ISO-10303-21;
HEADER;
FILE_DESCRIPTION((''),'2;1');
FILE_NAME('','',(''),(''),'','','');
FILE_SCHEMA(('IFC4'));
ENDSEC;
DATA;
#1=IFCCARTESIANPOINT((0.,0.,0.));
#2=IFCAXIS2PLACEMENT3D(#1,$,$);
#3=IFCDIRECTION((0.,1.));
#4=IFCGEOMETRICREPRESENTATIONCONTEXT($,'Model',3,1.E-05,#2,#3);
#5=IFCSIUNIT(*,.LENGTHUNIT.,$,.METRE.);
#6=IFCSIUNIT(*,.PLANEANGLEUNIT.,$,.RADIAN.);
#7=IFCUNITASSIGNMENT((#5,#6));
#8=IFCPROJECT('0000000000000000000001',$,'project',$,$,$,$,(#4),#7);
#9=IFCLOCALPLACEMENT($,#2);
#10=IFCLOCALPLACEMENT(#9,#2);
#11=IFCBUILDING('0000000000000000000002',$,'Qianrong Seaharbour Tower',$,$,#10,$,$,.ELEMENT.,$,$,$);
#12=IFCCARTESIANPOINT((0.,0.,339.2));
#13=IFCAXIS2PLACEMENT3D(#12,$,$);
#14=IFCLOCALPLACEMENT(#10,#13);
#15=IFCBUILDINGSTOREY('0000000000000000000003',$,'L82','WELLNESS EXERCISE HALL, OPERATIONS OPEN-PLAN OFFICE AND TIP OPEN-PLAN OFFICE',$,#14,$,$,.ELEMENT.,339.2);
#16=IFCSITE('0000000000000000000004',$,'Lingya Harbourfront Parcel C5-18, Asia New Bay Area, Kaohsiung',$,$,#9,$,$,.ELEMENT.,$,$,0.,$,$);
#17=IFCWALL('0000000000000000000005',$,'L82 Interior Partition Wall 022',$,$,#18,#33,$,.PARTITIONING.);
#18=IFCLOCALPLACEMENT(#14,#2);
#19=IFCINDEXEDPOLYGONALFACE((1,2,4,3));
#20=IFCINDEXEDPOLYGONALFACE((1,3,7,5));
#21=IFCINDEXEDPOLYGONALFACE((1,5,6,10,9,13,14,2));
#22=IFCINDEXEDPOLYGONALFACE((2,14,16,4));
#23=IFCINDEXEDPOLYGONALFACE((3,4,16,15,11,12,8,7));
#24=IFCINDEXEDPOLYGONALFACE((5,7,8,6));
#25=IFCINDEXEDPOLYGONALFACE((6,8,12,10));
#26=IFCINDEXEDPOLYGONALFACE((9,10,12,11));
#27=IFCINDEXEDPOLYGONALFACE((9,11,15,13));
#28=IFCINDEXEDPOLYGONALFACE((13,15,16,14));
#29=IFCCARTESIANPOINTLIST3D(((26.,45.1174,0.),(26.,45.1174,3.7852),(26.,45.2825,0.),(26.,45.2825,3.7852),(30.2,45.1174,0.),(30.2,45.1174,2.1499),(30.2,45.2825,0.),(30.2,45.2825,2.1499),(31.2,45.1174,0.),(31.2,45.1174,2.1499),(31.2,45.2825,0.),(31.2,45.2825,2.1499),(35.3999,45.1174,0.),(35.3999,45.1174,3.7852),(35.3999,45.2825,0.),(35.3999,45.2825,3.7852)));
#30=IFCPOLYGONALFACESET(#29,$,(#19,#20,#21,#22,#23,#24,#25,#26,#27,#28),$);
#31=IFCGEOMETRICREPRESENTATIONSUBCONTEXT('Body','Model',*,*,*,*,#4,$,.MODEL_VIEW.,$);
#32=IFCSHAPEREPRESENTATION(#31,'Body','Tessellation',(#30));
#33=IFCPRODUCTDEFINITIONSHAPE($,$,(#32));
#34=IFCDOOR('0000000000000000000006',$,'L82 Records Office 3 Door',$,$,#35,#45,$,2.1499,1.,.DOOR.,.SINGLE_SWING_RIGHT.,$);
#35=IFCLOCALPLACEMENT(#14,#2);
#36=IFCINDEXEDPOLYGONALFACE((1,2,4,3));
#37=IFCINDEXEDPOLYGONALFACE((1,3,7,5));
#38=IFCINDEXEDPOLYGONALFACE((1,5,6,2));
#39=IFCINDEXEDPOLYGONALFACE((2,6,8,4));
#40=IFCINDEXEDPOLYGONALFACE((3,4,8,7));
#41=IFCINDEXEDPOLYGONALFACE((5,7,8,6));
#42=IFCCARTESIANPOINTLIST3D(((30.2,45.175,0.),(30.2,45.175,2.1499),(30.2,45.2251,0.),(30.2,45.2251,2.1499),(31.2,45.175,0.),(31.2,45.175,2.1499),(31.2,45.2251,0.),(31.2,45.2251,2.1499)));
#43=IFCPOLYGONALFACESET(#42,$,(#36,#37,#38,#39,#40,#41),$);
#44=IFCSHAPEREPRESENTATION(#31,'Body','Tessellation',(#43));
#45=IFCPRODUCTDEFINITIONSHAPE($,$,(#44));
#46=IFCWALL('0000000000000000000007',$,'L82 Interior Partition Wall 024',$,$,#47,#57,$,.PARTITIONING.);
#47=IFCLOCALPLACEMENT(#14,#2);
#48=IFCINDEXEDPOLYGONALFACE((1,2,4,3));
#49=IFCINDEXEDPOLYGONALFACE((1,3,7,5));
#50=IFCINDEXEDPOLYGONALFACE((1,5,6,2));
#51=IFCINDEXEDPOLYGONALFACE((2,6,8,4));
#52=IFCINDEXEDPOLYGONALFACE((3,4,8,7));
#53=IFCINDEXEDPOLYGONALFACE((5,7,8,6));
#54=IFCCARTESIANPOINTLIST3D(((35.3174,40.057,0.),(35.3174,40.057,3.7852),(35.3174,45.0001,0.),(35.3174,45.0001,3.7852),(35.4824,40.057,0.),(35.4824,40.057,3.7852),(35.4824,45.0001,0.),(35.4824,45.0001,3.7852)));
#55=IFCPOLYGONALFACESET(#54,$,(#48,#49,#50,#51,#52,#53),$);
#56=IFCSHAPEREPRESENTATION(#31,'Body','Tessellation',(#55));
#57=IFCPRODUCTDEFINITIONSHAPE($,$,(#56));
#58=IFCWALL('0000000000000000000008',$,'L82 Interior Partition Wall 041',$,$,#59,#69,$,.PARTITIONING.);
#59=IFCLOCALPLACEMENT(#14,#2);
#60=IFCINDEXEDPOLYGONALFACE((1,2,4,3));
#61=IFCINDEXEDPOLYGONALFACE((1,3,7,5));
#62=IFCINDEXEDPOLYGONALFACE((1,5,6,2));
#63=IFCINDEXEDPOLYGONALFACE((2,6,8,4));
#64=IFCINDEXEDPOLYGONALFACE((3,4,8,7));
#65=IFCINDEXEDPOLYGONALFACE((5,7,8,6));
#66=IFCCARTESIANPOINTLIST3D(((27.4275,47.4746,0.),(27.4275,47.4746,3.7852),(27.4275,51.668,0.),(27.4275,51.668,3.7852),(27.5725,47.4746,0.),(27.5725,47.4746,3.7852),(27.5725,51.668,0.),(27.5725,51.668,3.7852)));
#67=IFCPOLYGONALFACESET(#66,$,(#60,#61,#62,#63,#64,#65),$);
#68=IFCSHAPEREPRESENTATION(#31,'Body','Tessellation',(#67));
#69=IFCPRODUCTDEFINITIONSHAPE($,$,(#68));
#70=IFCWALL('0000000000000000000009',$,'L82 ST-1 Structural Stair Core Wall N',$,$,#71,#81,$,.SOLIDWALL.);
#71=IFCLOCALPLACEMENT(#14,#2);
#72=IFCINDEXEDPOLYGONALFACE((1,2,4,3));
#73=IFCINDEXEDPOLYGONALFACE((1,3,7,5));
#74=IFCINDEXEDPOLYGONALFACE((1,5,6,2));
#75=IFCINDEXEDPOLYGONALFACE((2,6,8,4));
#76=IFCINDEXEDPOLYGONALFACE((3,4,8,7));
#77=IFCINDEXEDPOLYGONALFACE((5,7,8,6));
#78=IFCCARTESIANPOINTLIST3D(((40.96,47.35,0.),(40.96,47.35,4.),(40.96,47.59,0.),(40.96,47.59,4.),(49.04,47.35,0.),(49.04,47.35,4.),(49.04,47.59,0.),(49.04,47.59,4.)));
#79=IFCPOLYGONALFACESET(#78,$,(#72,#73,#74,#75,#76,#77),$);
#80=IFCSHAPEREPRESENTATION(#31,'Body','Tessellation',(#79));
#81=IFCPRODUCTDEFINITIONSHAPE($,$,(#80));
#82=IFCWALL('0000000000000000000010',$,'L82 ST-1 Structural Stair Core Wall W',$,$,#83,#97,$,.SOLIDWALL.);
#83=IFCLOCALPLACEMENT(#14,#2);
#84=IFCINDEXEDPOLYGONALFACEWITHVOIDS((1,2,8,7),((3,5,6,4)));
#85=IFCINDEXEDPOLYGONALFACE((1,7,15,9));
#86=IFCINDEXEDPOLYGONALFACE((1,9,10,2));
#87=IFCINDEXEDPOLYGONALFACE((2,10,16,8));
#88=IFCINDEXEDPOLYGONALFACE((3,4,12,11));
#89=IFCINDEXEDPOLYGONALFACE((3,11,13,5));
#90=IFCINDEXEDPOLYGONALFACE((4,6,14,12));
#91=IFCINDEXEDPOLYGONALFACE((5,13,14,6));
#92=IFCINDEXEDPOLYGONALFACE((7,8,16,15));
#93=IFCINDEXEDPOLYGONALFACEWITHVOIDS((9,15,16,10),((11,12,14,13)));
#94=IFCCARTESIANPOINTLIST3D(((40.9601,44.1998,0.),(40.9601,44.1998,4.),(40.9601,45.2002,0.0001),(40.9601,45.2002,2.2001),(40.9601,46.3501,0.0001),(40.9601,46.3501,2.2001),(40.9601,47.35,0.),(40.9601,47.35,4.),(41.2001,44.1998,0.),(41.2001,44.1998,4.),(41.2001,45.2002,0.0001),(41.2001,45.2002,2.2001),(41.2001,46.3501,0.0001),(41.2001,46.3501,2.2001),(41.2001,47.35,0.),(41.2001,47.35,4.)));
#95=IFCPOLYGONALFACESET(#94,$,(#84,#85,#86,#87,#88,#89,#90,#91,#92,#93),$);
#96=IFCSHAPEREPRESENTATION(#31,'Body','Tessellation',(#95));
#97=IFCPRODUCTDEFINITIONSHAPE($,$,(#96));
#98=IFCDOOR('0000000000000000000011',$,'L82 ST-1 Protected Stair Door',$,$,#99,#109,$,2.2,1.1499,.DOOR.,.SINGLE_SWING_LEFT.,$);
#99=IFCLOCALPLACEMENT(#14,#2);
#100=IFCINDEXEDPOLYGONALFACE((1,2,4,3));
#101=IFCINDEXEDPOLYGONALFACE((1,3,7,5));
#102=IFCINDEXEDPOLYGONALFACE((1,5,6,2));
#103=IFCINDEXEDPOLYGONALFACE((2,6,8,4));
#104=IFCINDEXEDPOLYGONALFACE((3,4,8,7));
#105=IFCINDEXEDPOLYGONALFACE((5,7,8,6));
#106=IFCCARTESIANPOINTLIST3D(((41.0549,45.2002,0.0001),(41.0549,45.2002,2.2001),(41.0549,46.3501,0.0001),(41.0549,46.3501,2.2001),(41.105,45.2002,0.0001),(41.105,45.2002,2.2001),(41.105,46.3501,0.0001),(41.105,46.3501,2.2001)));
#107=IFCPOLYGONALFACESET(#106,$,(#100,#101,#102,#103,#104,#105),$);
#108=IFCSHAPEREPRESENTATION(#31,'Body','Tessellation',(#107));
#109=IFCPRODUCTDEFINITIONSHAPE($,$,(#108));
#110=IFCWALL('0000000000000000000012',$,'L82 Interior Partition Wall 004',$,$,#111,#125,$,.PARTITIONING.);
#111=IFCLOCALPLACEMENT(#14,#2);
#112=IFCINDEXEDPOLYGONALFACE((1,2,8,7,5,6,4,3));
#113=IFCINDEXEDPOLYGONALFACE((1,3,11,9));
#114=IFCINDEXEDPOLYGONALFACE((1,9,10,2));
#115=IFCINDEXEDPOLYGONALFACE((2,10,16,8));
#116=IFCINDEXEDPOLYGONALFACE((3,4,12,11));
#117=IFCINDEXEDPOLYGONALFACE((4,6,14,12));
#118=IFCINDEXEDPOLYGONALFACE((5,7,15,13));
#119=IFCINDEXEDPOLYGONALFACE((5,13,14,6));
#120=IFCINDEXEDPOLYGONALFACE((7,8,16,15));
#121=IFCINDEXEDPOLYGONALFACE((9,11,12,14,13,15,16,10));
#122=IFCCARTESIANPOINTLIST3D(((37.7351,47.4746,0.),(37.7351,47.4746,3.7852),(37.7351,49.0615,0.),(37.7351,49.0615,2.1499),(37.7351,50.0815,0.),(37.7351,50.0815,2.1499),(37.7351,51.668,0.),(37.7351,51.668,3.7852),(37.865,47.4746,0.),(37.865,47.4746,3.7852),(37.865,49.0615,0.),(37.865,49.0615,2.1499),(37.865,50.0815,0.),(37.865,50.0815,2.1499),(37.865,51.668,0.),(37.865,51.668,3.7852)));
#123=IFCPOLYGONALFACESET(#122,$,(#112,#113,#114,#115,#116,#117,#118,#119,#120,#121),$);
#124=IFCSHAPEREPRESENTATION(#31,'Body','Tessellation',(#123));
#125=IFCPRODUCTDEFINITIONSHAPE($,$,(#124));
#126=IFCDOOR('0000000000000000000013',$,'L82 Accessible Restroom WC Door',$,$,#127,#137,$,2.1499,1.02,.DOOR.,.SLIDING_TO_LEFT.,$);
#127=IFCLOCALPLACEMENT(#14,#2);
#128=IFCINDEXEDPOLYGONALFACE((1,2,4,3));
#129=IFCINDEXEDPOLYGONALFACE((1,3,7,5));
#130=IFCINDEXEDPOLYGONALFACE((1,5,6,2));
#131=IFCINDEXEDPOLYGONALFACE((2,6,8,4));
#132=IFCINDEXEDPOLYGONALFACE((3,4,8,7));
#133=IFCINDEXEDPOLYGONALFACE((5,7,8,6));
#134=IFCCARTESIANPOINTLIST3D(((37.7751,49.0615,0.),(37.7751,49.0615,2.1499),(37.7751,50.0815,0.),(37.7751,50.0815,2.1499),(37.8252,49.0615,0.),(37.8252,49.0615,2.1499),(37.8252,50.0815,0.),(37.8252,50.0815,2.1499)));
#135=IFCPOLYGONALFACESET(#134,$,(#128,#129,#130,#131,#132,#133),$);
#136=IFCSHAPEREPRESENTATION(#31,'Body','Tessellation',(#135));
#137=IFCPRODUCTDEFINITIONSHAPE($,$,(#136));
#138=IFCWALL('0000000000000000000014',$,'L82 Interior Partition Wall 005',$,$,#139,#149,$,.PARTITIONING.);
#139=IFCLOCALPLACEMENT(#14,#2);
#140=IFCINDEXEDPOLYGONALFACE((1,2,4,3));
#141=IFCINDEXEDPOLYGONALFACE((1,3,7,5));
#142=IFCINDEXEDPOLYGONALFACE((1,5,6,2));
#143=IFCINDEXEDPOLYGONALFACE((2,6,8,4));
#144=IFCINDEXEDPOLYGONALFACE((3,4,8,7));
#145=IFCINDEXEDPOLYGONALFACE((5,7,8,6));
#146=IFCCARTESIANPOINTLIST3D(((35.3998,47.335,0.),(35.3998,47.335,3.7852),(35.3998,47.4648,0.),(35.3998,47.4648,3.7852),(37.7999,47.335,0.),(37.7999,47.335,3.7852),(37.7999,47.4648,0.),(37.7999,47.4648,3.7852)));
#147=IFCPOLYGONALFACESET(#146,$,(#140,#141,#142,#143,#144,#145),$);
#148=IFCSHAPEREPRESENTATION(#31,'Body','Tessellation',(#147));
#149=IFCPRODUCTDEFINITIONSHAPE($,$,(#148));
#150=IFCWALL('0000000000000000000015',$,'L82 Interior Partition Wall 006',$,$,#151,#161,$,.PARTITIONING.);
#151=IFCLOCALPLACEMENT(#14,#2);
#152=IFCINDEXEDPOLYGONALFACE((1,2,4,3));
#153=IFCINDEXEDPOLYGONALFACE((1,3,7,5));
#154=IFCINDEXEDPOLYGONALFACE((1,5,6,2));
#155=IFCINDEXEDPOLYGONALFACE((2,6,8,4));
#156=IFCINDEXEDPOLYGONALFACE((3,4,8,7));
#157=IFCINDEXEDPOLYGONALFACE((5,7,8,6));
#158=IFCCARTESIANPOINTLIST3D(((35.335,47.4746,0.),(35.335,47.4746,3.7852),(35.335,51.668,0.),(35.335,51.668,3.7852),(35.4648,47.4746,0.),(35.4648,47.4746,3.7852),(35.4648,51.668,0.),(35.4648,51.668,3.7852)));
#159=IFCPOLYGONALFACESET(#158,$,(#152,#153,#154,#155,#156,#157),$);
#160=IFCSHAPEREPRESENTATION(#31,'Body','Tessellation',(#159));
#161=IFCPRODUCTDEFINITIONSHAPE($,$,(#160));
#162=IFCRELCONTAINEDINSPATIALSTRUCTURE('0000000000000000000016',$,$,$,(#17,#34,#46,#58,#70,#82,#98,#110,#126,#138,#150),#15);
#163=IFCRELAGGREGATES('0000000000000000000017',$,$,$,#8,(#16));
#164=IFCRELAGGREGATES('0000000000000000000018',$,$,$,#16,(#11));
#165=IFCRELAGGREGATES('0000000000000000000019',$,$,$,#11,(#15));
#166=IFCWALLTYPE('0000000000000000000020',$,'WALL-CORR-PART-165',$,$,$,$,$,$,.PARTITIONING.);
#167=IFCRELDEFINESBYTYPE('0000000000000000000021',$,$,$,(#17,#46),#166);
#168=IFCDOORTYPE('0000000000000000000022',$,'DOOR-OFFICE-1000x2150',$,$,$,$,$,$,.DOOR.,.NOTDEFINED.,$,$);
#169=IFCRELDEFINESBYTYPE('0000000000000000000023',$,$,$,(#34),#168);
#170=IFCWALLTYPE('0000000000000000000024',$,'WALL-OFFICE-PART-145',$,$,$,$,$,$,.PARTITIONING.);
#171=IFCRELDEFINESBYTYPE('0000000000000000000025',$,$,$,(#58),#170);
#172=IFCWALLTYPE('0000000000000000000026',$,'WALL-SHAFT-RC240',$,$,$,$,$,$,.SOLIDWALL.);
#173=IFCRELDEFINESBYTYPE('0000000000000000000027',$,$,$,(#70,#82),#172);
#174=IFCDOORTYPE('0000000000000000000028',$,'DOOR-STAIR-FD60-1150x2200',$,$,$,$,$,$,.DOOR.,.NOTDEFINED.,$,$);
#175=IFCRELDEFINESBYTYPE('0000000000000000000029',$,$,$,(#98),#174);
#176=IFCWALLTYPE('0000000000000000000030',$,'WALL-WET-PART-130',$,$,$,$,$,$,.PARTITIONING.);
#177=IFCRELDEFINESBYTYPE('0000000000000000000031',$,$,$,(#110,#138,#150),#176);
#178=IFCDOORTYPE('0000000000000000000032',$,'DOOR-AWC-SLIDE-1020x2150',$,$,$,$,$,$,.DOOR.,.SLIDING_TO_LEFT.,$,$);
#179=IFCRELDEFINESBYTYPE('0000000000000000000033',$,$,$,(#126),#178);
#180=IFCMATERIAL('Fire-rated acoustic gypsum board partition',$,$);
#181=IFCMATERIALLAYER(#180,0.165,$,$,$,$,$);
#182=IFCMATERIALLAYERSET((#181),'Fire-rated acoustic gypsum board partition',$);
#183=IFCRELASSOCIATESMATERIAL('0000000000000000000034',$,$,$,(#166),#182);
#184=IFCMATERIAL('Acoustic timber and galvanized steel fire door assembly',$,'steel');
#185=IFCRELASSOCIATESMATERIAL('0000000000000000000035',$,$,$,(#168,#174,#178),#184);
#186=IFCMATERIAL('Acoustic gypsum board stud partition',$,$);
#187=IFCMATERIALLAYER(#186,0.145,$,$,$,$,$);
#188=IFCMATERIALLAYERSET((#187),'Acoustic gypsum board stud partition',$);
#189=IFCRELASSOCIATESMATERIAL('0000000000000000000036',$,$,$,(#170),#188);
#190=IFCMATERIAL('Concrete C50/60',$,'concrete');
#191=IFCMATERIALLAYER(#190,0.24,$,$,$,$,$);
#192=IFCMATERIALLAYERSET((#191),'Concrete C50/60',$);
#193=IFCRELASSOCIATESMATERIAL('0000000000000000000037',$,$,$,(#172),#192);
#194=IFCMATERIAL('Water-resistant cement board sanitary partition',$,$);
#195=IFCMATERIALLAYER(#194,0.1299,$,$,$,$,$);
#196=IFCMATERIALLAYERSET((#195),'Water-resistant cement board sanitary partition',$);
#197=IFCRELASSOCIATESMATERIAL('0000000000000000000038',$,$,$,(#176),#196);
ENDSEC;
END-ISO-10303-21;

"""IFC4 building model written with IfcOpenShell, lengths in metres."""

from ifc_helpers import new_model, si_unit, direction, frame, frame_2d, origin, place, context, subcontext, project, spatial, rectangle, extrude, material, layer, layer_set, type_object, element, fill, save


model = new_model("IFC4")

# Units and contexts
model_context = context("Model", 3, precision=1e-05, world=origin(), true_north=direction((0.0, 1.0)))
body_context = subcontext(model_context, "Body", "Model", "MODEL_VIEW")
ifc_project = project(units=[si_unit("LENGTHUNIT", "METRE"), si_unit("PLANEANGLEUNIT", "RADIAN")], contexts=[model_context])

# Site, building, storey
site_placement = place(None, origin())
site = spatial("IfcSite", under=ifc_project, at=site_placement, Name="Lingya Harbourfront Parcel C5-18, Asia New Bay Area, Kaohsiung", CompositionType="ELEMENT", RefElevation=0.0)
building_placement = place(site_placement, origin())
building = spatial("IfcBuilding", under=site, at=building_placement, Name="Qianrong Seaharbour Tower", CompositionType="ELEMENT")
storey_placement = place(building_placement, frame((0.0, 0.0, 339.2)))
storey = spatial("IfcBuildingStorey", under=building, at=storey_placement, Name="L82", Description="WELLNESS EXERCISE HALL, OPERATIONS OPEN-PLAN OFFICE AND TIP OPEN-PLAN OFFICE", CompositionType="ELEMENT", Elevation=339.2)

# Shared definitions
ifc_material_1 = material(Name="Concrete C50/60", Category="concrete")

# Shared definitions
ifc_material_2 = material(Name="Fire-rated acoustic gypsum board partition")
ifc_layer_1 = layer(ifc_material_2, 0.165)
ifc_layer_set_1 = layer_set([ifc_layer_1], Name="Fire-rated acoustic gypsum board partition")
wall_type_1 = type_object("IfcWallType", Name="WALL-CORR-PART-165", PredefinedType="PARTITIONING", material=ifc_layer_set_1)
ifc_material_3 = material(Name="Acoustic timber and galvanized steel fire door assembly", Category="steel")

# Wall, opening, door
wall_1_placement = place(storey_placement, frame((35.3999, 45.2, 0.0), z_axis=(0.0, 0.0, 1.0), x_axis=(-1.0, 0.0, 0.0)))
wall_1 = element("IfcWall", 1, at=wall_1_placement, inside=storey, type_object=wall_type_1, Name="L82 Interior Partition Wall 022", PredefinedType="PARTITIONING", context=body_context, shape_type="SweptSolid", body=[
    extrude(rectangle(XDim=9.3999, YDim=0.165, at=frame_2d((4.7, 0.0))), origin(), (0.0, 0.0, 1.0), 3.7852),
])
opening_1_placement = place(wall_1_placement, frame((4.2, 0.0, 0.0)))
opening_1 = element("IfcOpeningElement", 2, at=opening_1_placement, cuts=wall_1, PredefinedType="OPENING", context=body_context, shape_type="SweptSolid", body=[
    extrude(rectangle(XDim=1.0, YDim=2.1499, at=frame_2d((0.5, 1.075))), frame((0.0, 0.0925, 0.0), z_axis=(0.0, -1.0, 0.0), x_axis=(1.0, 0.0, 0.0)), (0.0, 0.0, 1.0), 0.1851),
])
door_type_1 = type_object("IfcDoorType", Name="DOOR-OFFICE-1000x2150", OperationType="NOTDEFINED", PredefinedType="DOOR", material=ifc_material_3)
door_1_placement = place(opening_1_placement, origin())
door_1 = element("IfcDoor", 3, at=door_1_placement, inside=storey, type_object=door_type_1, Name="L82 Records Office 3 Door", OperationType="SINGLE_SWING_RIGHT", OverallHeight=2.1499, OverallWidth=1.0, PredefinedType="DOOR", context=body_context, shape_type="SweptSolid", body=[
    extrude(rectangle(XDim=1.0, YDim=2.1499, at=frame_2d((0.5, 1.075))), frame((0.0, 0.0249, 0.0), z_axis=(0.0, -1.0, 0.0), x_axis=(1.0, 0.0, 0.0)), (0.0, 0.0, 1.0), 0.05),
])
fill(opening_1, door_1)

# Walls
wall_2_placement = place(storey_placement, frame((35.3999, 40.0569, 0.0), z_axis=(0.0, 0.0, 1.0), x_axis=(0.0, 1.0, 0.0)))
element("IfcWall", 4, at=wall_2_placement, inside=storey, type_object=wall_type_1, Name="L82 Interior Partition Wall 024", PredefinedType="PARTITIONING", context=body_context, shape_type="SweptSolid", body=[
    extrude(rectangle(XDim=4.9431, YDim=0.165, at=frame_2d((2.4717, 0.0))), origin(), (0.0, 0.0, 1.0), 3.7852),
])
ifc_material_4 = material(Name="Acoustic gypsum board stud partition")
ifc_layer_2 = layer(ifc_material_4, 0.145)
ifc_layer_set_2 = layer_set([ifc_layer_2], Name="Acoustic gypsum board stud partition")
wall_type_2 = type_object("IfcWallType", Name="WALL-OFFICE-PART-145", PredefinedType="PARTITIONING", material=ifc_layer_set_2)
wall_3_placement = place(storey_placement, frame((27.5, 51.668, 0.0), z_axis=(0.0, 0.0, 1.0), x_axis=(0.0, -1.0, 0.0)))
element("IfcWall", 5, at=wall_3_placement, inside=storey, type_object=wall_type_2, Name="L82 Interior Partition Wall 041", PredefinedType="PARTITIONING", context=body_context, shape_type="SweptSolid", body=[
    extrude(rectangle(XDim=4.1934, YDim=0.145, at=frame_2d((2.0967, 0.0))), origin(), (0.0, 0.0, 1.0), 3.7852),
])
ifc_layer_3 = layer(ifc_material_1, 0.24)
ifc_layer_set_3 = layer_set([ifc_layer_3], Name="Concrete C50/60")
wall_type_3 = type_object("IfcWallType", Name="WALL-SHAFT-RC240", PredefinedType="SOLIDWALL", material=ifc_layer_set_3)
wall_4_placement = place(storey_placement, frame((40.96, 47.47, 0.0), z_axis=(0.0, 0.0, 1.0), x_axis=(1.0, 0.0, 0.0)))
element("IfcWall", 6, at=wall_4_placement, inside=storey, type_object=wall_type_3, Name="L82 ST-1 Structural Stair Core Wall N", PredefinedType="SOLIDWALL", context=body_context, shape_type="SweptSolid", body=[
    extrude(rectangle(XDim=8.0801, YDim=0.24, at=frame_2d((4.04, 0.0))), origin(), (0.0, 0.0, 1.0), 4.0),
])

# Walls, openings, doors
wall_5_placement = place(storey_placement, frame((41.0801, 47.3501, 0.0), z_axis=(0.0, 0.0, 1.0), x_axis=(0.0, -1.0, 0.0)))
wall_5 = element("IfcWall", 7, at=wall_5_placement, inside=storey, type_object=wall_type_3, Name="L82 ST-1 Structural Stair Core Wall W", PredefinedType="SOLIDWALL", context=body_context, shape_type="SweptSolid", body=[
    extrude(rectangle(XDim=3.1501, YDim=0.24, at=frame_2d((1.5752, 0.0))), origin(), (0.0, 0.0, 1.0), 4.0),
])
opening_2_placement = place(wall_5_placement, frame((1.0, 0.0, 0.0)))
opening_2 = element("IfcOpeningElement", 8, at=opening_2_placement, cuts=wall_5, PredefinedType="OPENING", context=body_context, shape_type="SweptSolid", body=[
    extrude(rectangle(XDim=1.1499, YDim=2.2, at=frame_2d((0.575, 1.1001))), frame((0.0, 0.1299, 0.0), z_axis=(0.0, -1.0, 0.0), x_axis=(1.0, 0.0, 0.0)), (0.0, 0.0, 1.0), 0.26),
])
door_type_2 = type_object("IfcDoorType", Name="DOOR-STAIR-FD60-1150x2200", OperationType="NOTDEFINED", PredefinedType="DOOR", material=ifc_material_3)
door_2_placement = place(opening_2_placement, origin())
door_2 = element("IfcDoor", 9, at=door_2_placement, inside=storey, type_object=door_type_2, Name="L82 ST-1 Protected Stair Door", OperationType="SINGLE_SWING_LEFT", OverallHeight=2.2, OverallWidth=1.1499, PredefinedType="DOOR", context=body_context, shape_type="SweptSolid", body=[
    extrude(rectangle(XDim=1.1499, YDim=2.2, at=frame_2d((0.575, 1.1001))), frame((0.0, 0.0249, 0.0), z_axis=(0.0, -1.0, 0.0), x_axis=(1.0, 0.0, 0.0)), (0.0, 0.0, 1.0), 0.05),
])
fill(opening_2, door_2)
ifc_material_5 = material(Name="Water-resistant cement board sanitary partition")
ifc_layer_4 = layer(ifc_material_5, 0.1299)
ifc_layer_set_4 = layer_set([ifc_layer_4], Name="Water-resistant cement board sanitary partition")
wall_type_4 = type_object("IfcWallType", Name="WALL-WET-PART-130", PredefinedType="PARTITIONING", material=ifc_layer_set_4)
wall_6_placement = place(storey_placement, frame((37.8, 47.4746, 0.0), z_axis=(0.0, 0.0, 1.0), x_axis=(0.0, 1.0, 0.0)))
wall_6 = element("IfcWall", 10, at=wall_6_placement, inside=storey, type_object=wall_type_4, Name="L82 Interior Partition Wall 004", PredefinedType="PARTITIONING", context=body_context, shape_type="SweptSolid", body=[
    extrude(rectangle(XDim=4.1934, YDim=0.1299, at=frame_2d((2.0967, 0.0))), origin(), (0.0, 0.0, 1.0), 3.7852),
])
opening_3_placement = place(wall_6_placement, frame((1.5869, 0.0, 0.0)))
opening_3 = element("IfcOpeningElement", 11, at=opening_3_placement, cuts=wall_6, PredefinedType="OPENING", context=body_context, shape_type="SweptSolid", body=[
    extrude(rectangle(XDim=1.02, YDim=2.1499, at=frame_2d((0.51, 1.075))), frame((0.0, 0.075, 0.0), z_axis=(0.0, -1.0, 0.0), x_axis=(1.0, 0.0, 0.0)), (0.0, 0.0, 1.0), 0.1499),
])
door_type_3 = type_object("IfcDoorType", Name="DOOR-AWC-SLIDE-1020x2150", OperationType="SLIDING_TO_LEFT", PredefinedType="DOOR", material=ifc_material_3)
door_3_placement = place(opening_3_placement, origin())
door_3 = element("IfcDoor", 12, at=door_3_placement, inside=storey, type_object=door_type_3, Name="L82 Accessible Restroom WC Door", OperationType="SLIDING_TO_LEFT", OverallHeight=2.1499, OverallWidth=1.02, PredefinedType="DOOR", context=body_context, shape_type="SweptSolid", body=[
    extrude(rectangle(XDim=1.02, YDim=2.1499, at=frame_2d((0.51, 1.075))), frame((0.0, 0.0249, 0.0), z_axis=(0.0, -1.0, 0.0), x_axis=(1.0, 0.0, 0.0)), (0.0, 0.0, 1.0), 0.05),
])
fill(opening_3, door_3)

# Walls
wall_7_placement = place(storey_placement, frame((37.8, 47.3999, 0.0), z_axis=(0.0, 0.0, 1.0), x_axis=(-1.0, 0.0, 0.0)))
element("IfcWall", 13, at=wall_7_placement, inside=storey, type_object=wall_type_4, Name="L82 Interior Partition Wall 005", PredefinedType="PARTITIONING", context=body_context, shape_type="SweptSolid", body=[
    extrude(rectangle(XDim=2.4001, YDim=0.1299, at=frame_2d((1.2002, 0.0))), origin(), (0.0, 0.0, 1.0), 3.7852),
])
wall_8_placement = place(storey_placement, frame((35.3999, 47.4746, 0.0), z_axis=(0.0, 0.0, 1.0), x_axis=(0.0, 1.0, 0.0)))
element("IfcWall", 14, at=wall_8_placement, inside=storey, type_object=wall_type_4, Name="L82 Interior Partition Wall 006", PredefinedType="PARTITIONING", context=body_context, shape_type="SweptSolid", body=[
    extrude(rectangle(XDim=4.1934, YDim=0.1299, at=frame_2d((2.0967, 0.0))), origin(), (0.0, 0.0, 1.0), 3.7852),
])

save(model, "model.ifc")
